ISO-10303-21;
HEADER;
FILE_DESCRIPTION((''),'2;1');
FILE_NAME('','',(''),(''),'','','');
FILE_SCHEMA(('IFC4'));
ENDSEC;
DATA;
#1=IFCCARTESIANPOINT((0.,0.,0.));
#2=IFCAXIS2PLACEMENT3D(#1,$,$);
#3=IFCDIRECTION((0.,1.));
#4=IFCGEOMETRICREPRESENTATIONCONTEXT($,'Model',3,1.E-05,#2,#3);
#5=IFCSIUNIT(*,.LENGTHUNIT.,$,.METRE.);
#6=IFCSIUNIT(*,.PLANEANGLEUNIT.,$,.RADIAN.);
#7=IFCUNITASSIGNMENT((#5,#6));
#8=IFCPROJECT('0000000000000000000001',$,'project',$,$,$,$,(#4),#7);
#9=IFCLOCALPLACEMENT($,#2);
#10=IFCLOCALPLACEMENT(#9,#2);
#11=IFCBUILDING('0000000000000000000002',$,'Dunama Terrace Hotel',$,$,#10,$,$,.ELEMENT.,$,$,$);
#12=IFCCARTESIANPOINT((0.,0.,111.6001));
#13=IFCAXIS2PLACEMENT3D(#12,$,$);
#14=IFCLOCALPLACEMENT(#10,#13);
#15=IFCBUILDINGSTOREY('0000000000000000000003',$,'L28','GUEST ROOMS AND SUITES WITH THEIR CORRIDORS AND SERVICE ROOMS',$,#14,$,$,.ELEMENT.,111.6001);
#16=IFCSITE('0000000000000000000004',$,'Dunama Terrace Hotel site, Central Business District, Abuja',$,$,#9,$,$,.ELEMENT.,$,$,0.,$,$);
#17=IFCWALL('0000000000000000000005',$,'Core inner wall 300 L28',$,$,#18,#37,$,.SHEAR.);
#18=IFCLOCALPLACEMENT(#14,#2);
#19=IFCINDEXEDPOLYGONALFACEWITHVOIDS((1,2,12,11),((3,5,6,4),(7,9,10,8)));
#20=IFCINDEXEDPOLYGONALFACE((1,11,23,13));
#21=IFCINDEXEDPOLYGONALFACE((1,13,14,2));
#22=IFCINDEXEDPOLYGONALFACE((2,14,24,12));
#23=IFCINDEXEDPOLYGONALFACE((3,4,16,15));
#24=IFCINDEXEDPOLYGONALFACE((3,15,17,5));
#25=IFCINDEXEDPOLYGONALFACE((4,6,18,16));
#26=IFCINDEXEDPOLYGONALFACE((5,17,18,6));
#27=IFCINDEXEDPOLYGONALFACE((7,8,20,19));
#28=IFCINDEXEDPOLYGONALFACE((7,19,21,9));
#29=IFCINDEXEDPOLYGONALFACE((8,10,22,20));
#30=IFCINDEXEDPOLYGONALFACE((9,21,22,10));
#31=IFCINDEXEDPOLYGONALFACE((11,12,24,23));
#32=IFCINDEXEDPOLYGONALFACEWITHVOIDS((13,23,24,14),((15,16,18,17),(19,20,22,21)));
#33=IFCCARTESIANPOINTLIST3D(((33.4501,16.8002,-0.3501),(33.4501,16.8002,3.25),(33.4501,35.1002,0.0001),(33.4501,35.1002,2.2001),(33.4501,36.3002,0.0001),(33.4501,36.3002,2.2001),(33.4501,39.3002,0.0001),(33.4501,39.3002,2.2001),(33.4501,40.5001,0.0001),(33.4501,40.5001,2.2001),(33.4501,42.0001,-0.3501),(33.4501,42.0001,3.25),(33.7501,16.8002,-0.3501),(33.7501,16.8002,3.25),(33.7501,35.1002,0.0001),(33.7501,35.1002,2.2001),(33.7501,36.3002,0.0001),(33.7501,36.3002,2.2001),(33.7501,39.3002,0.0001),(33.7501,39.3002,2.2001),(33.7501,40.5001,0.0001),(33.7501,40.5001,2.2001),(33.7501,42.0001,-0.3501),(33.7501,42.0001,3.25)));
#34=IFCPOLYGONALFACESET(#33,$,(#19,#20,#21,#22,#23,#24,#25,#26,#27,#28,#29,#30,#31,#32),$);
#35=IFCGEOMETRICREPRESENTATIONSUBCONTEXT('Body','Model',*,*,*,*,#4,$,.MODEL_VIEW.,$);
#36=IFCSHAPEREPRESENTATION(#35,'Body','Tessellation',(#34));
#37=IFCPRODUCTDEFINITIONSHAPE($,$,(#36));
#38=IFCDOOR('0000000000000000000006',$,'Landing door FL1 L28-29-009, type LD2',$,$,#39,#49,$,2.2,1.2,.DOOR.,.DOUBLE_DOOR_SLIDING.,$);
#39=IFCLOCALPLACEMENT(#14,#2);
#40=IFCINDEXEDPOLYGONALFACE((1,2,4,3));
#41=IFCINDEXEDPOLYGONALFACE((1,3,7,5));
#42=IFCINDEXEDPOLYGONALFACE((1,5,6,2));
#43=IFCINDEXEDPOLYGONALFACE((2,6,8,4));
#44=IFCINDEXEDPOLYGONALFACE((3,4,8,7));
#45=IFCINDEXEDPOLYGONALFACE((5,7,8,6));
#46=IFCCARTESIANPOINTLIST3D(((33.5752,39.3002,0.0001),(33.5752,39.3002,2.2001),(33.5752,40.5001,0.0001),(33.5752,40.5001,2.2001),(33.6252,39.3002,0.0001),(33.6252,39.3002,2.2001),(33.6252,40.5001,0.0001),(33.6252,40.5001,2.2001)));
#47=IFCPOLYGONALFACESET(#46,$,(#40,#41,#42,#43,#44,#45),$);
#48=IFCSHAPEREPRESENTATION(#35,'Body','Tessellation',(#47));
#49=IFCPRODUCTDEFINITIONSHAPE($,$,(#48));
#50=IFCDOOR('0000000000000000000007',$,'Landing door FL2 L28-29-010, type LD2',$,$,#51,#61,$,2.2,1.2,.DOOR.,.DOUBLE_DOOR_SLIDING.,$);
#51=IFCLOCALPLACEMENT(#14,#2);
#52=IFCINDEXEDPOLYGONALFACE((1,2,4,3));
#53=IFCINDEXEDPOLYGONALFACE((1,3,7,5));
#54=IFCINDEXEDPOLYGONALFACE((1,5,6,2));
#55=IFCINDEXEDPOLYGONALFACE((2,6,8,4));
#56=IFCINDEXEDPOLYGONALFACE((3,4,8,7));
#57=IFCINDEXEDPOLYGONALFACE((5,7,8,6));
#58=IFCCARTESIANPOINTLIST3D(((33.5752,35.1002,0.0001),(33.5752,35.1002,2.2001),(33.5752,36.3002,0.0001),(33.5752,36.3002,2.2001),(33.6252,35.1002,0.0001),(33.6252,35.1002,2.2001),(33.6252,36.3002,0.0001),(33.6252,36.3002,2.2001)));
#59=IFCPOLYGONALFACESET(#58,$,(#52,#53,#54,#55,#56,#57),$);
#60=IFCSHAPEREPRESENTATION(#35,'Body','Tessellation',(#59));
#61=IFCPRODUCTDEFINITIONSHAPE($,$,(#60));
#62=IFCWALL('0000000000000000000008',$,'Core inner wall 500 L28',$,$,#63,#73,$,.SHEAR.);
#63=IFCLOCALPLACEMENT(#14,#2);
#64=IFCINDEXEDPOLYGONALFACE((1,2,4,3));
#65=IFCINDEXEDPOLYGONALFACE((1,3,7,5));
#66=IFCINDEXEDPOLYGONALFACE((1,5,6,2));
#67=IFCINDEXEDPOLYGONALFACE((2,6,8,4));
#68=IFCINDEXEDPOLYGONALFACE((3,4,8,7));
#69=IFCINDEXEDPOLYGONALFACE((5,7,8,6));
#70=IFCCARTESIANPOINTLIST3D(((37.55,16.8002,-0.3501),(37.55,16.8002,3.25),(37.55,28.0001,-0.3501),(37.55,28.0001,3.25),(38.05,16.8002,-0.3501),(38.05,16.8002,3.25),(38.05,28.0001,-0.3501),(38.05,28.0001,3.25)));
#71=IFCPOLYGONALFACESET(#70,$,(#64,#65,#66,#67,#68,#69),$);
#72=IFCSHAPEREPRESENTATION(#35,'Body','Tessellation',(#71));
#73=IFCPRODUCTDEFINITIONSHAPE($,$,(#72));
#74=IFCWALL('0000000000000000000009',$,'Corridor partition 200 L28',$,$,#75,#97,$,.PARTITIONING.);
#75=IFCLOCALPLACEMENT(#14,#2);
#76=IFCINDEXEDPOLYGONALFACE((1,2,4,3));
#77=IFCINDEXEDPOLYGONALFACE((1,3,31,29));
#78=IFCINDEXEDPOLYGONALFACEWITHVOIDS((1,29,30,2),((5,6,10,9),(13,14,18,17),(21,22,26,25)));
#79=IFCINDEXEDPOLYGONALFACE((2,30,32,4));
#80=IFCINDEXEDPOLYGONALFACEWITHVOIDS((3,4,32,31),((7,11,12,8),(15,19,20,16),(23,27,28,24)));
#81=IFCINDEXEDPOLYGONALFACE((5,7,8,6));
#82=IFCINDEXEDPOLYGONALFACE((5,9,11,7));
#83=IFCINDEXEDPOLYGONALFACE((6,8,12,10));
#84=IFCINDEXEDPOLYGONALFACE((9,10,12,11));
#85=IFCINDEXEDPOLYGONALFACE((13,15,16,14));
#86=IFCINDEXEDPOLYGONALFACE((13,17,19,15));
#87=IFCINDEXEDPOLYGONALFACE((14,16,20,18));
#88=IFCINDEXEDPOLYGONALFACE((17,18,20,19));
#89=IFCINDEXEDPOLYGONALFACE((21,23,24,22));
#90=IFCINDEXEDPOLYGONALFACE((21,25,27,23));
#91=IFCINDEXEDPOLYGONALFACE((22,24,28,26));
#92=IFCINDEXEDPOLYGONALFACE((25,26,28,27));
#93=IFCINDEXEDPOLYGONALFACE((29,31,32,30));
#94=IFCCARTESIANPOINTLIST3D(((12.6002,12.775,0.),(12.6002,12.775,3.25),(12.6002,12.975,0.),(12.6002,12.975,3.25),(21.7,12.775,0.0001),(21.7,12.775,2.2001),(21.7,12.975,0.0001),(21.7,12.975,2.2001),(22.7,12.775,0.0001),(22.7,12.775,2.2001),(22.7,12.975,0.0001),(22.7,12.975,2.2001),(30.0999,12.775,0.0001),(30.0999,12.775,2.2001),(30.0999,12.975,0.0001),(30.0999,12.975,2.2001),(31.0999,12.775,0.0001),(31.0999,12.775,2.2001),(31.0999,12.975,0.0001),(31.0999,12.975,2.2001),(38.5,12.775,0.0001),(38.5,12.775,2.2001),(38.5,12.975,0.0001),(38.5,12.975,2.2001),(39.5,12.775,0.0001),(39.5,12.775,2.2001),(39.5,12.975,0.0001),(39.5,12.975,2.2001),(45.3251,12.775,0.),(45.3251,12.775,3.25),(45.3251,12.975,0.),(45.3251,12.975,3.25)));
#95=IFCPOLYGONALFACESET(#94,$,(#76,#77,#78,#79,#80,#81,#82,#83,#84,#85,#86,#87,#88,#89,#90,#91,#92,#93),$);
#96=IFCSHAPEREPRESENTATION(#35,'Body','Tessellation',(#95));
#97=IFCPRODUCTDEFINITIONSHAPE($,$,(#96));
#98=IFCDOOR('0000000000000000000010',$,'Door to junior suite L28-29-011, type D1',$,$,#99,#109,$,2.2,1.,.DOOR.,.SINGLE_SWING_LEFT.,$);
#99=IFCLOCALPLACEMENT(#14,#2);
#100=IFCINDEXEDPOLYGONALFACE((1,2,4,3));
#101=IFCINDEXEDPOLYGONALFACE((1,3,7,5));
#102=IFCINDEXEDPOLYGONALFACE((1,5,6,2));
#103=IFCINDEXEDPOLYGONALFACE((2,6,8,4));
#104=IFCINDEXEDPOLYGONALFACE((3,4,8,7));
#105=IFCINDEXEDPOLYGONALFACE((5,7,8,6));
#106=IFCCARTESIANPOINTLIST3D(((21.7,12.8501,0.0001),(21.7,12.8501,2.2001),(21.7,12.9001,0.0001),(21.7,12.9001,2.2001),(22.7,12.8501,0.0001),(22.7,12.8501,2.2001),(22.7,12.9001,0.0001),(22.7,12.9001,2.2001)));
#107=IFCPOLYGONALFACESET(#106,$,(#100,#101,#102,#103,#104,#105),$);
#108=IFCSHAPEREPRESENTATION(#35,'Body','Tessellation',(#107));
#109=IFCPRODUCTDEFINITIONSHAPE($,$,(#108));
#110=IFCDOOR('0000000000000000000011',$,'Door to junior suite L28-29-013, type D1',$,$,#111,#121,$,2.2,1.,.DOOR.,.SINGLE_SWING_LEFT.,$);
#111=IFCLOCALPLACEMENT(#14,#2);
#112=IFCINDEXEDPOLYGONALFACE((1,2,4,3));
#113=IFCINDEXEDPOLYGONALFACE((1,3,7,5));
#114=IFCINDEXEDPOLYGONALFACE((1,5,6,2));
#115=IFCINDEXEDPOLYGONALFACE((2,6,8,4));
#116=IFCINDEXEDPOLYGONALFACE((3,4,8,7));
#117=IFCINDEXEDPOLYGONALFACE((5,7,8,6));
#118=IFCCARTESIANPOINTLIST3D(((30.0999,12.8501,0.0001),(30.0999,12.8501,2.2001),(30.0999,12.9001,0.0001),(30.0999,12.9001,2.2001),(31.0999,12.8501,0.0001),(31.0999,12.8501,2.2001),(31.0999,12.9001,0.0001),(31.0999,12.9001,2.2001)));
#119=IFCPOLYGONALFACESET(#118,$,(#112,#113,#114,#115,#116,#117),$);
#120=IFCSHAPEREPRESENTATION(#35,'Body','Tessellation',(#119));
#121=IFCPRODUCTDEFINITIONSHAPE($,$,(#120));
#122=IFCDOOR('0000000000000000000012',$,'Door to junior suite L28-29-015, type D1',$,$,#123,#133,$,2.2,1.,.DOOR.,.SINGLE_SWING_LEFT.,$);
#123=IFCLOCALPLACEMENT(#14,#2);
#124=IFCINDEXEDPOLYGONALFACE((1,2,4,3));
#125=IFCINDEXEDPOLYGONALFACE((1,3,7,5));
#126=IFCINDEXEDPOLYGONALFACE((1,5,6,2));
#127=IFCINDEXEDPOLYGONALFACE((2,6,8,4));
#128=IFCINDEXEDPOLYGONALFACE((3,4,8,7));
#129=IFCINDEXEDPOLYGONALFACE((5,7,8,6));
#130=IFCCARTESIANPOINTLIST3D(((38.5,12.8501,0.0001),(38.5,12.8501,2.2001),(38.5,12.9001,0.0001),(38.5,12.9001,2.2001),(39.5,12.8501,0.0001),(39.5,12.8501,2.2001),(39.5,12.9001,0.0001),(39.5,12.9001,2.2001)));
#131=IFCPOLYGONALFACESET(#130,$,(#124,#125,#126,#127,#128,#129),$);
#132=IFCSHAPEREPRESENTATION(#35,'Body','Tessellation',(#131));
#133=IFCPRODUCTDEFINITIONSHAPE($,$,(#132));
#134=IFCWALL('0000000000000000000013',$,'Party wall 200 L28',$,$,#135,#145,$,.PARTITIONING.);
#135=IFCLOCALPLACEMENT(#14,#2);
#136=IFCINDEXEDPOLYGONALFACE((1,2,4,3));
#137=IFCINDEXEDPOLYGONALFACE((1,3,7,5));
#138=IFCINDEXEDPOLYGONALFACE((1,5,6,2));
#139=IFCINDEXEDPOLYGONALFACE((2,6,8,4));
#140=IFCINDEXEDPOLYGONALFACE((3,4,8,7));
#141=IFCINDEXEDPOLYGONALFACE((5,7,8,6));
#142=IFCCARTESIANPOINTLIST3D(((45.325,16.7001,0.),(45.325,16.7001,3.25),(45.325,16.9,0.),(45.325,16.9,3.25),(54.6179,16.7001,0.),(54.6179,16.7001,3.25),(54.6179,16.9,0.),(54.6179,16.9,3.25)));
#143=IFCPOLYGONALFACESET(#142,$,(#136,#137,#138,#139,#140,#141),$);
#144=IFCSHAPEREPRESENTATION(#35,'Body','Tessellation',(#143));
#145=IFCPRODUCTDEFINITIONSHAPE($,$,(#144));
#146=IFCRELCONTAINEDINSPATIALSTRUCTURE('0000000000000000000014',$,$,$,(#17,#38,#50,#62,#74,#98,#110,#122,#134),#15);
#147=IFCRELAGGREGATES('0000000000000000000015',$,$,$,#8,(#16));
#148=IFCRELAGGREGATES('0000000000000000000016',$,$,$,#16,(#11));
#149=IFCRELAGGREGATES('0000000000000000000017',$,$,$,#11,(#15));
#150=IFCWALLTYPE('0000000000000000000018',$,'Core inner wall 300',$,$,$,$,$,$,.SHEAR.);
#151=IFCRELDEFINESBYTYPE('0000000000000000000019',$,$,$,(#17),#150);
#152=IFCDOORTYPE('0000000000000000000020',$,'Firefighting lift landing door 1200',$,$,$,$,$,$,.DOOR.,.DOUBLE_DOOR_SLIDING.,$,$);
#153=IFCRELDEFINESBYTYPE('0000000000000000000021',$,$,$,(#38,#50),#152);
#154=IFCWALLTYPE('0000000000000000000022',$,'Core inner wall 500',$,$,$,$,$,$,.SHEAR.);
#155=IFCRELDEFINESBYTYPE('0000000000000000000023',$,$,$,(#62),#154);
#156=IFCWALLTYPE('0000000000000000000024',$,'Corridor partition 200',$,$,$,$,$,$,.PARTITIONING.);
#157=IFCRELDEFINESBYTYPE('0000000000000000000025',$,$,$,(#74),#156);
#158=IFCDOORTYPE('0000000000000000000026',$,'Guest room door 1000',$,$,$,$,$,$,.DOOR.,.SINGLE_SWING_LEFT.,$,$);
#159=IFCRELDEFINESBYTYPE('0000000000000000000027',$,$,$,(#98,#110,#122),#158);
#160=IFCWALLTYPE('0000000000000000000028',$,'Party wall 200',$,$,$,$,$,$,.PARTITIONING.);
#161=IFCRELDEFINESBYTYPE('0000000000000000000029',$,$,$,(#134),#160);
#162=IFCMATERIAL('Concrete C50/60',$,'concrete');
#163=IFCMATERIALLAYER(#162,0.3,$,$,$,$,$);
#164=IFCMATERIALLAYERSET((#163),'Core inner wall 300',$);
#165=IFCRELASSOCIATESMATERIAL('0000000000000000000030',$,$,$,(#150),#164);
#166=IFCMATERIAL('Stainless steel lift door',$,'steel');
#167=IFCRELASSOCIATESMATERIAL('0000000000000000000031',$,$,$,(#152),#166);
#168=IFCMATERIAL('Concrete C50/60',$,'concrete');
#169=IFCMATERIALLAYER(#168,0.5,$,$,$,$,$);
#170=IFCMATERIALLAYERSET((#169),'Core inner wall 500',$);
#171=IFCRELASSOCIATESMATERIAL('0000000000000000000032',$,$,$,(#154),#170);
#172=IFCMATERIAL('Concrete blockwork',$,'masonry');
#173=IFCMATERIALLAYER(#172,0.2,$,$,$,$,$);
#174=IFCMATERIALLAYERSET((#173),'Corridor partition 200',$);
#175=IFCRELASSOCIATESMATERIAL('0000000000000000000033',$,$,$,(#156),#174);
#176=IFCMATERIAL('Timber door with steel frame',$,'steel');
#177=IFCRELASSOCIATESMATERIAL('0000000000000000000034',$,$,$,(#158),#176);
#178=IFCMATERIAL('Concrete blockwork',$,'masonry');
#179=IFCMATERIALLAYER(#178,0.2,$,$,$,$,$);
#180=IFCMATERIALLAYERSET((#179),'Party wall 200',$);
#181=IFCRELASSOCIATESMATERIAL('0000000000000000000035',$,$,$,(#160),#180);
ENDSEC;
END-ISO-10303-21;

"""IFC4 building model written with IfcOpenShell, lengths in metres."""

from ifc_helpers import new_model, si_unit, direction, frame, frame_2d, origin, place, context, subcontext, project, spatial, rectangle, extrude, material, layer, layer_set, type_object, element, fill, save


model = new_model("IFC4")

# Units and contexts
model_context = context("Model", 3, precision=1e-05, world=origin(), true_north=direction((0.0, 1.0)))
body_context = subcontext(model_context, "Body", "Model", "MODEL_VIEW")
ifc_project = project(units=[si_unit("LENGTHUNIT", "METRE"), si_unit("PLANEANGLEUNIT", "RADIAN")], contexts=[model_context])

# Site, building, storey
site_placement = place(None, origin())
site = spatial("IfcSite", under=ifc_project, at=site_placement, Name="Dunama Terrace Hotel site, Central Business District, Abuja", CompositionType="ELEMENT", RefElevation=0.0)
building_placement = place(site_placement, origin())
building = spatial("IfcBuilding", under=site, at=building_placement, Name="Dunama Terrace Hotel", CompositionType="ELEMENT")
storey_placement = place(building_placement, frame((0.0, 0.0, 111.6001)))
storey = spatial("IfcBuildingStorey", under=building, at=storey_placement, Name="L28", Description="GUEST ROOMS AND SUITES WITH THEIR CORRIDORS AND SERVICE ROOMS", CompositionType="ELEMENT", Elevation=111.6001)

# Wall, openings, doors
ifc_material_1 = material(Name="Concrete C50/60", Category="concrete")
ifc_layer_1 = layer(ifc_material_1, 0.3)
ifc_layer_set_1 = layer_set([ifc_layer_1], Name="Core inner wall 300")
wall_type_1 = type_object("IfcWallType", Name="Core inner wall 300", PredefinedType="SHEAR", material=ifc_layer_set_1)
wall_1_placement = place(storey_placement, frame((33.6001, 16.8, -0.3501), z_axis=(0.0, 0.0, 1.0), x_axis=(0.0, 1.0, 0.0)))
wall_1 = element("IfcWall", 1, at=wall_1_placement, inside=storey, type_object=wall_type_1, Name="Core inner wall 300 L28", PredefinedType="SHEAR", context=body_context, shape_type="SweptSolid", body=[
    extrude(rectangle(XDim=25.2, YDim=0.3, at=frame_2d((12.6001, 0.0))), origin(), (0.0, 0.0, 1.0), 3.6001),
])
opening_1_placement = place(wall_1_placement, frame((22.5, 0.0, 0.3501)))
opening_1 = element("IfcOpeningElement", 2, at=opening_1_placement, cuts=wall_1, PredefinedType="OPENING", context=body_context, shape_type="SweptSolid", body=[
    extrude(rectangle(XDim=1.2, YDim=2.2, at=frame_2d((0.6001, 1.1001))), frame((0.0, 0.1599, 0.0), z_axis=(0.0, -1.0, 0.0), x_axis=(1.0, 0.0, 0.0)), (0.0, 0.0, 1.0), 0.3201),
])
opening_2_placement = place(wall_1_placement, frame((18.3, 0.0, 0.3501)))
opening_2 = element("IfcOpeningElement", 3, at=opening_2_placement, cuts=wall_1, PredefinedType="OPENING", context=body_context, shape_type="SweptSolid", body=[
    extrude(rectangle(XDim=1.2, YDim=2.2, at=frame_2d((0.6001, 1.1001))), frame((0.0, 0.1599, 0.0), z_axis=(0.0, -1.0, 0.0), x_axis=(1.0, 0.0, 0.0)), (0.0, 0.0, 1.0), 0.3201),
])
ifc_material_2 = material(Name="Stainless steel lift door", Category="steel")
door_type_1 = type_object("IfcDoorType", Name="Firefighting lift landing door 1200", OperationType="DOUBLE_DOOR_SLIDING", PredefinedType="DOOR", material=ifc_material_2)
door_1_placement = place(opening_1_placement, origin())
door_1 = element("IfcDoor", 4, at=door_1_placement, inside=storey, type_object=door_type_1, Name="Landing door FL1 L28-29-009, type LD2", OperationType="DOUBLE_DOOR_SLIDING", OverallHeight=2.2, OverallWidth=1.2, PredefinedType="DOOR", context=body_context, shape_type="SweptSolid", body=[
    extrude(rectangle(XDim=1.2, YDim=2.2, at=frame_2d((0.6001, 1.1001))), frame((0.0, 0.0249, 0.0), z_axis=(0.0, -1.0, 0.0), x_axis=(1.0, 0.0, 0.0)), (0.0, 0.0, 1.0), 0.05),
])
fill(opening_1, door_1)
door_2_placement = place(opening_2_placement, origin())
door_2 = element("IfcDoor", 5, at=door_2_placement, inside=storey, type_object=door_type_1, Name="Landing door FL2 L28-29-010, type LD2", OperationType="DOUBLE_DOOR_SLIDING", OverallHeight=2.2, OverallWidth=1.2, PredefinedType="DOOR", context=body_context, shape_type="SweptSolid", body=[
    extrude(rectangle(XDim=1.2, YDim=2.2, at=frame_2d((0.6001, 1.1001))), frame((0.0, 0.0249, 0.0), z_axis=(0.0, -1.0, 0.0), x_axis=(1.0, 0.0, 0.0)), (0.0, 0.0, 1.0), 0.05),
])
fill(opening_2, door_2)

# Wall
ifc_material_3 = material(Name="Concrete C50/60", Category="concrete")
ifc_layer_2 = layer(ifc_material_3, 0.5)
ifc_layer_set_2 = layer_set([ifc_layer_2], Name="Core inner wall 500")
wall_type_2 = type_object("IfcWallType", Name="Core inner wall 500", PredefinedType="SHEAR", material=ifc_layer_set_2)
wall_2_placement = place(storey_placement, frame((37.8, 16.8, -0.3501), z_axis=(0.0, 0.0, 1.0), x_axis=(0.0, 1.0, 0.0)))
element("IfcWall", 6, at=wall_2_placement, inside=storey, type_object=wall_type_2, Name="Core inner wall 500 L28", PredefinedType="SHEAR", context=body_context, shape_type="SweptSolid", body=[
    extrude(rectangle(XDim=11.2, YDim=0.5, at=frame_2d((5.6001, 0.0))), origin(), (0.0, 0.0, 1.0), 3.6001),
])

# Wall, openings, doors
ifc_material_4 = material(Name="Concrete blockwork", Category="masonry")
ifc_layer_3 = layer(ifc_material_4, 0.2)
ifc_layer_set_3 = layer_set([ifc_layer_3], Name="Corridor partition 200")
wall_type_3 = type_object("IfcWallType", Name="Corridor partition 200", PredefinedType="PARTITIONING", material=ifc_layer_set_3)
wall_3_placement = place(storey_placement, frame((45.325, 12.875, 0.0), z_axis=(0.0, 0.0, 1.0), x_axis=(-1.0, 0.0, 0.0)))
wall_3 = element("IfcWall", 7, at=wall_3_placement, inside=storey, type_object=wall_type_3, Name="Corridor partition 200 L28", PredefinedType="PARTITIONING", context=body_context, shape_type="SweptSolid", body=[
    extrude(rectangle(XDim=32.7249, YDim=0.2, at=frame_2d((16.3623, 0.0))), origin(), (0.0, 0.0, 1.0), 3.25),
])
opening_3_placement = place(wall_3_placement, frame((22.625, 0.0, 0.0)))
opening_3 = element("IfcOpeningElement", 8, at=opening_3_placement, cuts=wall_3, PredefinedType="OPENING", context=body_context, shape_type="SweptSolid", body=[
    extrude(rectangle(XDim=1.0, YDim=2.2, at=frame_2d((0.5, 1.1001))), frame((0.0, 0.1099, 0.0), z_axis=(0.0, -1.0, 0.0), x_axis=(1.0, 0.0, 0.0)), (0.0, 0.0, 1.0), 0.22),
])
opening_4_placement = place(wall_3_placement, frame((14.2251, 0.0, 0.0)))
opening_4 = element("IfcOpeningElement", 9, at=opening_4_placement, cuts=wall_3, PredefinedType="OPENING", context=body_context, shape_type="SweptSolid", body=[
    extrude(rectangle(XDim=1.0, YDim=2.2, at=frame_2d((0.5, 1.1001))), frame((0.0, 0.1099, 0.0), z_axis=(0.0, -1.0, 0.0), x_axis=(1.0, 0.0, 0.0)), (0.0, 0.0, 1.0), 0.22),
])
opening_5_placement = place(wall_3_placement, frame((5.825, 0.0, 0.0)))
opening_5 = element("IfcOpeningElement", 10, at=opening_5_placement, cuts=wall_3, PredefinedType="OPENING", context=body_context, shape_type="SweptSolid", body=[
    extrude(rectangle(XDim=1.0, YDim=2.2, at=frame_2d((0.5, 1.1001))), frame((0.0, 0.1099, 0.0), z_axis=(0.0, -1.0, 0.0), x_axis=(1.0, 0.0, 0.0)), (0.0, 0.0, 1.0), 0.22),
])
ifc_material_5 = material(Name="Timber door with steel frame", Category="steel")
door_type_2 = type_object("IfcDoorType", Name="Guest room door 1000", OperationType="SINGLE_SWING_LEFT", PredefinedType="DOOR", material=ifc_material_5)
door_3_placement = place(opening_3_placement, origin())
door_3 = element("IfcDoor", 11, at=door_3_placement, inside=storey, type_object=door_type_2, Name="Door to junior suite L28-29-011, type D1", OperationType="SINGLE_SWING_LEFT", OverallHeight=2.2, OverallWidth=1.0, PredefinedType="DOOR", context=body_context, shape_type="SweptSolid", body=[
    extrude(rectangle(XDim=1.0, YDim=2.2, at=frame_2d((0.5, 1.1001))), frame((0.0, 0.0249, 0.0), z_axis=(0.0, -1.0, 0.0), x_axis=(1.0, 0.0, 0.0)), (0.0, 0.0, 1.0), 0.05),
])
fill(opening_3, door_3)
door_4_placement = place(opening_4_placement, origin())
door_4 = element("IfcDoor", 12, at=door_4_placement, inside=storey, type_object=door_type_2, Name="Door to junior suite L28-29-013, type D1", OperationType="SINGLE_SWING_LEFT", OverallHeight=2.2, OverallWidth=1.0, PredefinedType="DOOR", context=body_context, shape_type="SweptSolid", body=[
    extrude(rectangle(XDim=1.0, YDim=2.2, at=frame_2d((0.5, 1.1001))), frame((0.0, 0.0249, 0.0), z_axis=(0.0, -1.0, 0.0), x_axis=(1.0, 0.0, 0.0)), (0.0, 0.0, 1.0), 0.05),
])
fill(opening_4, door_4)
door_5_placement = place(opening_5_placement, origin())
door_5 = element("IfcDoor", 13, at=door_5_placement, inside=storey, type_object=door_type_2, Name="Door to junior suite L28-29-015, type D1", OperationType="SINGLE_SWING_LEFT", OverallHeight=2.2, OverallWidth=1.0, PredefinedType="DOOR", context=body_context, shape_type="SweptSolid", body=[
    extrude(rectangle(XDim=1.0, YDim=2.2, at=frame_2d((0.5, 1.1001))), frame((0.0, 0.0249, 0.0), z_axis=(0.0, -1.0, 0.0), x_axis=(1.0, 0.0, 0.0)), (0.0, 0.0, 1.0), 0.05),
])
fill(opening_5, door_5)

# Wall
ifc_material_6 = material(Name="Concrete blockwork", Category="masonry")
ifc_layer_4 = layer(ifc_material_6, 0.2)
ifc_layer_set_4 = layer_set([ifc_layer_4], Name="Party wall 200")
wall_type_4 = type_object("IfcWallType", Name="Party wall 200", PredefinedType="PARTITIONING", material=ifc_layer_set_4)
wall_4_placement = place(storey_placement, frame((45.325, 16.8, 0.0), z_axis=(0.0, 0.0, 1.0), x_axis=(1.0, 0.0, 0.0)))
element("IfcWall", 14, at=wall_4_placement, inside=storey, type_object=wall_type_4, Name="Party wall 200 L28", PredefinedType="PARTITIONING", context=body_context, shape_type="SweptSolid", body=[
    extrude(rectangle(XDim=9.293, YDim=0.2, at=frame_2d((4.6465, 0.0))), origin(), (0.0, 0.0, 1.0), 3.25),
])

save(model, "model.ifc")
